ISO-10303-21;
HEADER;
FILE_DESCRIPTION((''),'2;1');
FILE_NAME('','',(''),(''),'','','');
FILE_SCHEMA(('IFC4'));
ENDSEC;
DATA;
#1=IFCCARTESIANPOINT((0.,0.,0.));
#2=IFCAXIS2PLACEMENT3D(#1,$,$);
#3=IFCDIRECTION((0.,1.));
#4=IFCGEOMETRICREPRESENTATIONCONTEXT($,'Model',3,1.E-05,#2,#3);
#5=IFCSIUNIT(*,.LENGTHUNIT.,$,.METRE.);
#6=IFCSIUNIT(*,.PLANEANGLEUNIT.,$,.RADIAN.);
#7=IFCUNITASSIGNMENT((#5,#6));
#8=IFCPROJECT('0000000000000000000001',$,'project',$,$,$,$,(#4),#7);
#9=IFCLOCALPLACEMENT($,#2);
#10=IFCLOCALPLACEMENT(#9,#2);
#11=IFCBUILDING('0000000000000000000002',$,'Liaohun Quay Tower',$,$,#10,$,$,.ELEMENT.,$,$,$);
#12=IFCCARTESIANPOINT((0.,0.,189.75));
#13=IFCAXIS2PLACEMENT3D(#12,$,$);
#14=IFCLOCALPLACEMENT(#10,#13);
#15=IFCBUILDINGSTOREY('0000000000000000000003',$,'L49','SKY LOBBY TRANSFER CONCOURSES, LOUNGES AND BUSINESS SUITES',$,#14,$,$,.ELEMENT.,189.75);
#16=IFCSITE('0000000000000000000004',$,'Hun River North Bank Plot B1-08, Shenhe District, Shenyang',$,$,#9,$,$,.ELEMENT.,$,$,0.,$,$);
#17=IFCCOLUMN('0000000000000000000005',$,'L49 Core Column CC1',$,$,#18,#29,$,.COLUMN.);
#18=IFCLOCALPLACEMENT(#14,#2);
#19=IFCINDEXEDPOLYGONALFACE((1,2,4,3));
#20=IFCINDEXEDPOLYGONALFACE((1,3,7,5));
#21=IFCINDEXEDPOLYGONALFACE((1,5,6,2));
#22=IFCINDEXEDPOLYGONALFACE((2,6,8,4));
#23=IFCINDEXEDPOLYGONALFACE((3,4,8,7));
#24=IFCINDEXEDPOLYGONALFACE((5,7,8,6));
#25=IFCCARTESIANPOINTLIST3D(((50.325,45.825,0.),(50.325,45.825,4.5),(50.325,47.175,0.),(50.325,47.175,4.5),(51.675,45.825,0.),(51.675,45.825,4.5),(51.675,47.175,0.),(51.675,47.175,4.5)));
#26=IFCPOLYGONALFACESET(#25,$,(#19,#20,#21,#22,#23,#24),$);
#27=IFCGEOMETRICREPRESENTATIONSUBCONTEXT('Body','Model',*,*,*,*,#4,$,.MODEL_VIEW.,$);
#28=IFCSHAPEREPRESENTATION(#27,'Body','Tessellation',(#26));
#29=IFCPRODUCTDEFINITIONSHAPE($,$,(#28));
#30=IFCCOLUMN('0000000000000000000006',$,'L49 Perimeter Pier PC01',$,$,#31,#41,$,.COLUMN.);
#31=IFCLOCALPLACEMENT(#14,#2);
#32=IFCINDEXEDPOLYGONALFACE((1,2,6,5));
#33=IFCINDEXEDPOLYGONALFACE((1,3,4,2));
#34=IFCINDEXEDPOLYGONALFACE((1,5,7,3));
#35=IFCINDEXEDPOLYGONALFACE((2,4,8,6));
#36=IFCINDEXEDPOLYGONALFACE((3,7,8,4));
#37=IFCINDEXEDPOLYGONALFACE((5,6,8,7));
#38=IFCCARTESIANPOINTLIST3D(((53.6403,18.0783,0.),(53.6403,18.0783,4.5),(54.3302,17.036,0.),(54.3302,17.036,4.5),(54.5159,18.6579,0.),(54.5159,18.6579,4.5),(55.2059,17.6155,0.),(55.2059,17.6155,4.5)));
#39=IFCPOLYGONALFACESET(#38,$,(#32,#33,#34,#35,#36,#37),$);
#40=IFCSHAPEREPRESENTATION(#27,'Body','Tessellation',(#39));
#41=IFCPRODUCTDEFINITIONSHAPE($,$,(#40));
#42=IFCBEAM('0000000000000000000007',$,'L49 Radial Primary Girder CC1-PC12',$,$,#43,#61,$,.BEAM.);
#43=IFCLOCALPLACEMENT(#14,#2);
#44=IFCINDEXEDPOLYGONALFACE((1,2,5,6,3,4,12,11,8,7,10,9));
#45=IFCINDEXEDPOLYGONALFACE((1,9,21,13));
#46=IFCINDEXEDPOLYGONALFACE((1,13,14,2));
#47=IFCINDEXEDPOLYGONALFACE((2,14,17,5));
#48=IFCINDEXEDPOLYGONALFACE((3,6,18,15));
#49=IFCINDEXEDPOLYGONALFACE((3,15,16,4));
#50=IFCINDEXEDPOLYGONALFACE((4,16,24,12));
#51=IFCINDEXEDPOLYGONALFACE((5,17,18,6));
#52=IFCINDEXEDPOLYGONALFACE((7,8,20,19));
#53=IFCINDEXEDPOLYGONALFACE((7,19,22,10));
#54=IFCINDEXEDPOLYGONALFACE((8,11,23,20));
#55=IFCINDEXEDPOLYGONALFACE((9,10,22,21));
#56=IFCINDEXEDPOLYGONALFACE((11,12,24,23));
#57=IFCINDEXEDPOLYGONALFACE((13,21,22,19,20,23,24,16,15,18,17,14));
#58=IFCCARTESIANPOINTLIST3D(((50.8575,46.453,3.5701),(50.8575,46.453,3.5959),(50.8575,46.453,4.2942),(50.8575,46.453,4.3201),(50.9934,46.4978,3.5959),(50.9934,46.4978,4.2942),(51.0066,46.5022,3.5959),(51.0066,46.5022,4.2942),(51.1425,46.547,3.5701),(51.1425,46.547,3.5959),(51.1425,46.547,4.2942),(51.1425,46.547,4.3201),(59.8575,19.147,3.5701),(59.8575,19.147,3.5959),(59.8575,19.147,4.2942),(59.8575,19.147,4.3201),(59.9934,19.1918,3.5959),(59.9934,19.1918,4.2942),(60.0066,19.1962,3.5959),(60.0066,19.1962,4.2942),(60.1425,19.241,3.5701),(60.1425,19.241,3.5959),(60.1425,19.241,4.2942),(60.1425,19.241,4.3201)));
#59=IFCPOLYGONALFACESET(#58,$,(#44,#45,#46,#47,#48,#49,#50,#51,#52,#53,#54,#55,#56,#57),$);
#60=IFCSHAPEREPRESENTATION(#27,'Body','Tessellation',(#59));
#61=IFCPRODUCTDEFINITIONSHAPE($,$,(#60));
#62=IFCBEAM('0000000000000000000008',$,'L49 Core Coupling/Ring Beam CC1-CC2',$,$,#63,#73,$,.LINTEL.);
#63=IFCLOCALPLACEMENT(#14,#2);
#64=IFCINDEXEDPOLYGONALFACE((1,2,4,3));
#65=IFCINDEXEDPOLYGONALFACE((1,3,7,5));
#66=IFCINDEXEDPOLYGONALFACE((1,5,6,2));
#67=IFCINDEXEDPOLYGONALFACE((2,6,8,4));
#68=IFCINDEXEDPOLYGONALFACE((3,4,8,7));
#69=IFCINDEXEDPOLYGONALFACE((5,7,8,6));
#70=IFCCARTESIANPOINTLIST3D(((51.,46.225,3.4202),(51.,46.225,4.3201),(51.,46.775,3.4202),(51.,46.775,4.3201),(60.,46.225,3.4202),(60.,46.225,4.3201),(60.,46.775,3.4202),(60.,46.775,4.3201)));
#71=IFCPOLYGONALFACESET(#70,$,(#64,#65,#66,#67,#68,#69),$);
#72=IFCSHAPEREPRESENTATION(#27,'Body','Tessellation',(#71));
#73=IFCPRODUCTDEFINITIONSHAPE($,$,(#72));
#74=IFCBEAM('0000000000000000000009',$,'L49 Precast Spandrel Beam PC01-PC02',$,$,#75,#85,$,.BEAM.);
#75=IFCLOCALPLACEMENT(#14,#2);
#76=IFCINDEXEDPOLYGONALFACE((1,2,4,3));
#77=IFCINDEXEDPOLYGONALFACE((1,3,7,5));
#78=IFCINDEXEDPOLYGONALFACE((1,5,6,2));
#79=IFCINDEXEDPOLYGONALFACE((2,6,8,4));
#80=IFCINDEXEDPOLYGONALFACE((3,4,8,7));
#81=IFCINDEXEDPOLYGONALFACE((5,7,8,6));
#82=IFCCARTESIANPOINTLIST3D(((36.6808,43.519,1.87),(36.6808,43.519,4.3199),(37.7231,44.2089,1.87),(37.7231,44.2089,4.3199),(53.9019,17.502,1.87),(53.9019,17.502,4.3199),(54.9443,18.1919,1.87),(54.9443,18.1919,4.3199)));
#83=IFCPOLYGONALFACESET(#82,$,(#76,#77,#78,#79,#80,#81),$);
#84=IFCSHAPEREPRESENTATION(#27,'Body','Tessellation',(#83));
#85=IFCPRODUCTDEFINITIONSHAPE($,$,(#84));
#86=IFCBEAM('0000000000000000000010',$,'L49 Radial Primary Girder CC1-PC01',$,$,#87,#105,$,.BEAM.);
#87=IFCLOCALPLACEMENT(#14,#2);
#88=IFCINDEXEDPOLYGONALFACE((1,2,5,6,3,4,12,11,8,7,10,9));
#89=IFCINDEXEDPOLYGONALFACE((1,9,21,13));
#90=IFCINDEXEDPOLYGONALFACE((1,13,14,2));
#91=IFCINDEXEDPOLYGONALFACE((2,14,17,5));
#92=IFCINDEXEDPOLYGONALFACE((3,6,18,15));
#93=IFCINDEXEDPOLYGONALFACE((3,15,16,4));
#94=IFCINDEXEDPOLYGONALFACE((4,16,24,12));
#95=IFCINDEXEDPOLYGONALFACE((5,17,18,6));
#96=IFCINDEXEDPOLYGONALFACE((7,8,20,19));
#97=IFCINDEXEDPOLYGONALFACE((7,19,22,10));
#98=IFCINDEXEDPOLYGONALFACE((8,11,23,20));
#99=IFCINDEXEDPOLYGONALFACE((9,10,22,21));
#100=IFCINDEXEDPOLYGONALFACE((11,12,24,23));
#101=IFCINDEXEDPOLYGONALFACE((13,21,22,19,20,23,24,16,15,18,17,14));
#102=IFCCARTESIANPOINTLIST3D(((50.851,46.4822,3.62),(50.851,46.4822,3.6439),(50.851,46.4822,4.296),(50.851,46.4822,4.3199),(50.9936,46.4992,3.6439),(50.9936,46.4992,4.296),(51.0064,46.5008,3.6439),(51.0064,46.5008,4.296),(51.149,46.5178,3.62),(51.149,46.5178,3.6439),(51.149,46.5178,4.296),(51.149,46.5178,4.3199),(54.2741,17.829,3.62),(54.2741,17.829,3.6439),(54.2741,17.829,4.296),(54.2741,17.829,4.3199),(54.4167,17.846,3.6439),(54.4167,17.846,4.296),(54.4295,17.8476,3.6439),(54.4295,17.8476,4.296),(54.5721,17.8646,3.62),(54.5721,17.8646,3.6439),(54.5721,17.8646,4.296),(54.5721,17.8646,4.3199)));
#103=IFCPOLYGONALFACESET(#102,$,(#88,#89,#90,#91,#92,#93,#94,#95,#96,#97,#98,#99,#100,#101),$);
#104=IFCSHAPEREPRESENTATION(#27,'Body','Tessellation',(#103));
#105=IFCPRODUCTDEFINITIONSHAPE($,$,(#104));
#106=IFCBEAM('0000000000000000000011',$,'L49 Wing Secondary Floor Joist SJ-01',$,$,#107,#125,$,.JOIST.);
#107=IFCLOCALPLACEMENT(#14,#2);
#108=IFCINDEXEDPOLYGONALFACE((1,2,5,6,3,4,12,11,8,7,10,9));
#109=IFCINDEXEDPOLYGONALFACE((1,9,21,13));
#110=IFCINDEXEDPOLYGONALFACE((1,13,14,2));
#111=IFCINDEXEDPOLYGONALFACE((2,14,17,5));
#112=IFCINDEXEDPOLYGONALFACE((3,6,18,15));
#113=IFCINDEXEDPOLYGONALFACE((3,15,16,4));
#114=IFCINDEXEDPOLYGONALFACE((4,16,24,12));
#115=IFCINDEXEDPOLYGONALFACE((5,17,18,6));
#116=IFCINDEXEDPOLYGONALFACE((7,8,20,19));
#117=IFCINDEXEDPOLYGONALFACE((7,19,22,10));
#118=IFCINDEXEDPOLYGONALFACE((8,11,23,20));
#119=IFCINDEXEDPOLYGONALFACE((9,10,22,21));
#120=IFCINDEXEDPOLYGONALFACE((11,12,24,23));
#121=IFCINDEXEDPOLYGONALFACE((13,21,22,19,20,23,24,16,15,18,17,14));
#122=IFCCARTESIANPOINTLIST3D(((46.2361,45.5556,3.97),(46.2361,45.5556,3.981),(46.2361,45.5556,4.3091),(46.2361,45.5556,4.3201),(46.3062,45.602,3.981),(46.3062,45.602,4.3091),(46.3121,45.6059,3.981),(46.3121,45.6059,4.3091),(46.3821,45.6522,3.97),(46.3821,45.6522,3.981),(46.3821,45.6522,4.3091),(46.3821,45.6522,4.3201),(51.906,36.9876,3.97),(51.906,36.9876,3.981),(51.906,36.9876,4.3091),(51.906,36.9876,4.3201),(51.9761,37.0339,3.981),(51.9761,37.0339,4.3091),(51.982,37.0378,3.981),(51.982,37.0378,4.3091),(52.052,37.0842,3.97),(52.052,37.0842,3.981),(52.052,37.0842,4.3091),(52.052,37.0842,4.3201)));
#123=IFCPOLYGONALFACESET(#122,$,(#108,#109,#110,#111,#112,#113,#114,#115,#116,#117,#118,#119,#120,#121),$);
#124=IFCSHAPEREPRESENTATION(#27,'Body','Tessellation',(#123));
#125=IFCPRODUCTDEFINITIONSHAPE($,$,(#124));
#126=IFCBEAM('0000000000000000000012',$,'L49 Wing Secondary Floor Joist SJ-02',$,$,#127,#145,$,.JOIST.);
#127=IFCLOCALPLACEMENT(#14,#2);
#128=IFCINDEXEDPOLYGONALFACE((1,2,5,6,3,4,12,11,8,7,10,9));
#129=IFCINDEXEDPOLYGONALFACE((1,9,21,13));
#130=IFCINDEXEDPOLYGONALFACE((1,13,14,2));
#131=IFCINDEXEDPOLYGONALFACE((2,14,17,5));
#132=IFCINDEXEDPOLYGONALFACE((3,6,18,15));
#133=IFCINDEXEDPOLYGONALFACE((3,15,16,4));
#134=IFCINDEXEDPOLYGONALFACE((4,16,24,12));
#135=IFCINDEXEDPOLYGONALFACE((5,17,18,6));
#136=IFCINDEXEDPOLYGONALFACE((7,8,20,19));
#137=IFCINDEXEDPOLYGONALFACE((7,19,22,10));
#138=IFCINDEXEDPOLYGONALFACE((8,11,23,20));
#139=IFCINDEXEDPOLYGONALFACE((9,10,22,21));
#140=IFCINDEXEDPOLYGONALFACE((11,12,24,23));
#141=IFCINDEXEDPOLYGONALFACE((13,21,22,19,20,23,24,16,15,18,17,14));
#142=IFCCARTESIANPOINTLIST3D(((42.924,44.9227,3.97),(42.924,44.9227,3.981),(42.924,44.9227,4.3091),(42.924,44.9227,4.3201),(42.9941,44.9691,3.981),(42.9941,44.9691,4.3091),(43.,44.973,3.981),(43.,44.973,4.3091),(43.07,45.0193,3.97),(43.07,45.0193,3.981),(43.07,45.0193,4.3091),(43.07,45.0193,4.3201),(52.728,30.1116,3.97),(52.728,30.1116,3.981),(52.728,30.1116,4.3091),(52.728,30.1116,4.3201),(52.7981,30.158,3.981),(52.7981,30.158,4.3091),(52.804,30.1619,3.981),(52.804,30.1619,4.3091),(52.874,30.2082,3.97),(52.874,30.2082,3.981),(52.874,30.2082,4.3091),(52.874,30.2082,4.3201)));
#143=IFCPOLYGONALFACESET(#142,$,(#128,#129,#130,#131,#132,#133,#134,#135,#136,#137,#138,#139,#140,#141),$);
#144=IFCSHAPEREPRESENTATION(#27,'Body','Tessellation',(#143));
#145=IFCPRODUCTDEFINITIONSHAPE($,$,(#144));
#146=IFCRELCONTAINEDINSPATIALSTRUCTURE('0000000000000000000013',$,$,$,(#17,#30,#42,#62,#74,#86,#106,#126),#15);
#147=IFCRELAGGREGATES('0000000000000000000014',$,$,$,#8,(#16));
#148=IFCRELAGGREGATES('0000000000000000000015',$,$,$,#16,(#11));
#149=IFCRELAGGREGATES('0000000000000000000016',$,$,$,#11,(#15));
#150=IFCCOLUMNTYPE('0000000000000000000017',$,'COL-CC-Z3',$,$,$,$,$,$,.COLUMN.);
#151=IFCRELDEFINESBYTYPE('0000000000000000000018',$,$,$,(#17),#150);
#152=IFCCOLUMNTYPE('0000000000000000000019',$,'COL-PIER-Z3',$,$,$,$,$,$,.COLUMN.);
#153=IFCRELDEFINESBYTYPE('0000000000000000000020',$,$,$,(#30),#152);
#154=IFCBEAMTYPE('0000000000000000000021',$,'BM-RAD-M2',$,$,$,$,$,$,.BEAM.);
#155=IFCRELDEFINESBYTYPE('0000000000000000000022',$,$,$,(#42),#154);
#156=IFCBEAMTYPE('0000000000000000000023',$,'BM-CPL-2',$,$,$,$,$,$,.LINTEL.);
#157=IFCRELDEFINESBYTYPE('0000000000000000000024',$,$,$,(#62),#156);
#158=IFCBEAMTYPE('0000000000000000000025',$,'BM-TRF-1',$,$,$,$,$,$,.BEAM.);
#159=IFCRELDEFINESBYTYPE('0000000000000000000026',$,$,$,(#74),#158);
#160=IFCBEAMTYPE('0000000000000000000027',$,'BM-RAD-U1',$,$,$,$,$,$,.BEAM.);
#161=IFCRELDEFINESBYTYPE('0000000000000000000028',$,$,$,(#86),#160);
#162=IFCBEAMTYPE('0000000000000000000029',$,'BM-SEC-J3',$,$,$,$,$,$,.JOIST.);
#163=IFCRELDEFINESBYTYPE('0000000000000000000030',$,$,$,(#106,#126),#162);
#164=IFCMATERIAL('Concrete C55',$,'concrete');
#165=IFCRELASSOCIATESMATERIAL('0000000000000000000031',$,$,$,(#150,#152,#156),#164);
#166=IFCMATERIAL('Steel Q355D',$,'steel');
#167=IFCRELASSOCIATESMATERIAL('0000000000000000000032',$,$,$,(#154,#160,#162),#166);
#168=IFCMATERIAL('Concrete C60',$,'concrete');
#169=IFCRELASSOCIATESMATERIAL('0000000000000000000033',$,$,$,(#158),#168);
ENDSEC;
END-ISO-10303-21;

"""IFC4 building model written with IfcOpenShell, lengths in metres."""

from ifc_helpers import new_model, si_unit, direction, frame, origin, origin_2d, place, context, subcontext, project, spatial, rectangle, i_section, extrude, source, transform, mapped, material, material_profile, profile_set, type_object, element, save


model = new_model("IFC4")

# Units and contexts
model_context = context("Model", 3, precision=1e-05, world=origin(), true_north=direction((0.0, 1.0)))
body_context = subcontext(model_context, "Body", "Model", "MODEL_VIEW")
ifc_project = project(units=[si_unit("LENGTHUNIT", "METRE"), si_unit("PLANEANGLEUNIT", "RADIAN")], contexts=[model_context])

# Site, building, storey
site_placement = place(None, origin())
site = spatial("IfcSite", under=ifc_project, at=site_placement, Name="Hun River North Bank Plot B1-08, Shenhe District, Shenyang", CompositionType="ELEMENT", RefElevation=0.0)
building_placement = place(site_placement, origin())
building = spatial("IfcBuilding", under=site, at=building_placement, Name="Liaohun Quay Tower", CompositionType="ELEMENT")
storey_placement = place(building_placement, frame((0.0, 0.0, 189.75)))
storey = spatial("IfcBuildingStorey", under=building, at=storey_placement, Name="L49", Description="SKY LOBBY TRANSFER CONCOURSES, LOUNGES AND BUSINESS SUITES", CompositionType="ELEMENT", Elevation=189.75)

# Columns
ifc_material_1 = material(Name="Concrete C55", Category="concrete")
ifc_material_profile_1 = material_profile(ifc_material_1, rectangle(XDim=1.3501, YDim=1.3501, at=origin_2d()), Name="RC1350x1350")
ifc_profile_set_1 = profile_set([ifc_material_profile_1], Name="Concrete C55")
column_type_1 = type_object("IfcColumnType", Name="COL-CC-Z3", PredefinedType="COLUMN", material=ifc_profile_set_1)
shared_shape_1 = source(origin(), body_context, "Body", "SweptSolid", [
    extrude(rectangle(XDim=1.3501, YDim=1.3501, at=origin_2d()), origin(), (0.0, 0.0, 1.0), 4.5),
])
column_1_placement = place(storey_placement, frame((51.0, 46.5, 0.0), z_axis=(0.0, 0.0, 1.0), x_axis=(1.0, 0.0, 0.0)))
element("IfcColumn", 1, at=column_1_placement, inside=storey, type_object=column_type_1, Name="L49 Core Column CC1", PredefinedType="COLUMN", context=body_context, shape_type="MappedRepresentation", body=[
    mapped(shared_shape_1, transform((0.0, 0.0, 0.0), x_axis=(1.0, 0.0, 0.0), y_axis=(0.0, 1.0, 0.0), z_axis=(0.0, 0.0, 1.0), scale=1.0)),
])
ifc_material_profile_2 = material_profile(ifc_material_1, rectangle(XDim=1.25, YDim=1.05, at=origin_2d()), Name="RC1250x1050")
ifc_profile_set_2 = profile_set([ifc_material_profile_2], Name="Concrete C55")
column_type_2 = type_object("IfcColumnType", Name="COL-PIER-Z3", PredefinedType="COLUMN", material=ifc_profile_set_2)
shared_shape_2 = source(origin(), body_context, "Body", "SweptSolid", [
    extrude(rectangle(XDim=1.25, YDim=1.05, at=origin_2d()), origin(), (0.0, 0.0, 1.0), 4.5),
])
column_2_placement = place(storey_placement, frame((54.4231, 17.8469, 0.0), z_axis=(0.0, 0.0, 1.0), x_axis=(-0.551937, 0.833886, 0.0)))
element("IfcColumn", 2, at=column_2_placement, inside=storey, type_object=column_type_2, Name="L49 Perimeter Pier PC01", PredefinedType="COLUMN", context=body_context, shape_type="MappedRepresentation", body=[
    mapped(shared_shape_2, transform((0.0, 0.0, 0.0), x_axis=(1.0, 0.0, 0.0), y_axis=(0.0, 1.0, 0.0), z_axis=(0.0, 0.0, 1.0), scale=1.0)),
])

# Beams
ifc_material_2 = material(Name="Steel Q355D", Category="steel")
ifc_material_profile_3 = material_profile(ifc_material_2, i_section(OverallWidth=0.3, OverallDepth=0.75, WebThickness=0.0139, FlangeThickness=0.0259, at=origin_2d()), Name="HN750x300x14x26")
ifc_profile_set_3 = profile_set([ifc_material_profile_3], Name="Steel Q355D")
beam_type_1 = type_object("IfcBeamType", Name="BM-RAD-M2", PredefinedType="BEAM", material=ifc_profile_set_3)
shared_shape_3 = source(origin(), body_context, "Body", "SweptSolid", [
    extrude(i_section(OverallWidth=0.3, OverallDepth=0.75, WebThickness=0.0139, FlangeThickness=0.0259, at=origin_2d()), origin(), (0.0, 0.0, 1.0), 28.751),
])
beam_1_placement = place(storey_placement, frame((51.0, 46.5, 3.9451), z_axis=(0.313034, -0.949742, 0.0), x_axis=(0.949742, 0.313034, 0.0)))
element("IfcBeam", 3, at=beam_1_placement, inside=storey, type_object=beam_type_1, Name="L49 Radial Primary Girder CC1-PC12", PredefinedType="BEAM", context=body_context, shape_type="MappedRepresentation", body=[
    mapped(shared_shape_3, transform((0.0, 0.0, 0.0), x_axis=(1.0, 0.0, 0.0), y_axis=(0.0, 1.0, 0.0), z_axis=(0.0, 0.0, 1.0), scale=1.0)),
])
ifc_material_profile_4 = material_profile(ifc_material_1, rectangle(XDim=0.55, YDim=0.8999, at=origin_2d()), Name="RC550x900")
ifc_profile_set_4 = profile_set([ifc_material_profile_4], Name="Concrete C55")
beam_type_2 = type_object("IfcBeamType", Name="BM-CPL-2", PredefinedType="LINTEL", material=ifc_profile_set_4)
shared_shape_4 = source(origin(), body_context, "Body", "SweptSolid", [
    extrude(rectangle(XDim=0.55, YDim=0.8999, at=origin_2d()), origin(), (0.0, 0.0, 1.0), 9.0),
])
beam_2_placement = place(storey_placement, frame((51.0, 46.5, 3.8701), z_axis=(1.0, 0.0, 0.0), x_axis=(0.0, 1.0, 0.0)))
element("IfcBeam", 4, at=beam_2_placement, inside=storey, type_object=beam_type_2, Name="L49 Core Coupling/Ring Beam CC1-CC2", PredefinedType="LINTEL", context=body_context, shape_type="MappedRepresentation", body=[
    mapped(shared_shape_4, transform((0.0, 0.0, 0.0), x_axis=(1.0, 0.0, 0.0), y_axis=(0.0, 1.0, 0.0), z_axis=(0.0, 0.0, 1.0), scale=1.0)),
])
ifc_material_3 = material(Name="Concrete C60", Category="concrete")
ifc_material_profile_5 = material_profile(ifc_material_3, rectangle(XDim=1.25, YDim=2.45, at=origin_2d()), Name="RC1250x2450")
ifc_profile_set_5 = profile_set([ifc_material_profile_5], Name="Concrete C60")
beam_type_3 = type_object("IfcBeamType", Name="BM-TRF-1", PredefinedType="BEAM", material=ifc_profile_set_5)
shared_shape_5 = source(origin(), body_context, "Body", "SweptSolid", [
    extrude(rectangle(XDim=1.25, YDim=2.45, at=origin_2d()), origin(), (0.0, 0.0, 1.0), 31.2002),
])
beam_3_placement = place(storey_placement, frame((54.4231, 17.8469, 3.095), z_axis=(-0.551956, 0.833873, 0.0), x_axis=(-0.833873, -0.551956, 0.0)))
element("IfcBeam", 5, at=beam_3_placement, inside=storey, type_object=beam_type_3, Name="L49 Precast Spandrel Beam PC01-PC02", PredefinedType="BEAM", context=body_context, shape_type="MappedRepresentation", body=[
    mapped(shared_shape_5, transform((0.0, 0.0, 0.0), x_axis=(1.0, 0.0, 0.0), y_axis=(0.0, 1.0, 0.0), z_axis=(0.0, 0.0, 1.0), scale=1.0)),
])
ifc_material_profile_6 = material_profile(ifc_material_2, i_section(OverallWidth=0.3, OverallDepth=0.7, WebThickness=0.0129, FlangeThickness=0.0239, at=origin_2d()), Name="HN700x300x13x24")
ifc_profile_set_6 = profile_set([ifc_material_profile_6], Name="Steel Q355D")
beam_type_4 = type_object("IfcBeamType", Name="BM-RAD-U1", PredefinedType="BEAM", material=ifc_profile_set_6)
shared_shape_6 = source(origin(), body_context, "Body", "SweptSolid", [
    extrude(i_section(OverallWidth=0.3, OverallDepth=0.7, WebThickness=0.0129, FlangeThickness=0.0239, at=origin_2d()), origin(), (0.0, 0.0, 1.0), 28.8569),
])
beam_4_placement = place(storey_placement, frame((51.0, 46.5, 3.97), z_axis=(0.118623, -0.992939, 0.0), x_axis=(0.992939, 0.118623, 0.0)))
element("IfcBeam", 6, at=beam_4_placement, inside=storey, type_object=beam_type_4, Name="L49 Radial Primary Girder CC1-PC01", PredefinedType="BEAM", context=body_context, shape_type="MappedRepresentation", body=[
    mapped(shared_shape_6, transform((0.0, 0.0, 0.0), x_axis=(1.0, 0.0, 0.0), y_axis=(0.0, 1.0, 0.0), z_axis=(0.0, 0.0, 1.0), scale=1.0)),
])
ifc_material_profile_7 = material_profile(ifc_material_2, i_section(OverallWidth=0.175, OverallDepth=0.3501, WebThickness=0.0071, FlangeThickness=0.011, at=origin_2d()), Name="HN350x175x7x11")
ifc_profile_set_7 = profile_set([ifc_material_profile_7], Name="Steel Q355D")
beam_type_5 = type_object("IfcBeamType", Name="BM-SEC-J3", PredefinedType="JOIST", material=ifc_profile_set_7)
shared_shape_7 = source(origin(), body_context, "Body", "SweptSolid", [
    extrude(i_section(OverallWidth=0.175, OverallDepth=0.3501, WebThickness=0.0071, FlangeThickness=0.011, at=origin_2d()), origin(), (0.0, 0.0, 1.0), 10.2742),
])
beam_5_placement = place(storey_placement, frame((51.979, 37.0359, 4.145), z_axis=(-0.551856, 0.833939, 0.0), x_axis=(-0.833939, -0.551856, 0.0)))
element("IfcBeam", 7, at=beam_5_placement, inside=storey, type_object=beam_type_5, Name="L49 Wing Secondary Floor Joist SJ-01", PredefinedType="JOIST", context=body_context, shape_type="MappedRepresentation", body=[
    mapped(shared_shape_7, transform((0.0, 0.0, 0.0), x_axis=(1.0, 0.0, 0.0), y_axis=(0.0, 1.0, 0.0), z_axis=(0.0, 0.0, 1.0), scale=1.0)),
])
shared_shape_8 = source(origin(), body_context, "Body", "SweptSolid", [
    extrude(i_section(OverallWidth=0.175, OverallDepth=0.3501, WebThickness=0.0071, FlangeThickness=0.011, at=origin_2d()), origin(), (0.0, 0.0, 1.0), 17.762),
])
beam_6_placement = place(storey_placement, frame((52.801, 30.1599, 4.145), z_axis=(-0.551966, 0.833867, 0.0), x_axis=(-0.833867, -0.551966, 0.0)))
element("IfcBeam", 8, at=beam_6_placement, inside=storey, type_object=beam_type_5, Name="L49 Wing Secondary Floor Joist SJ-02", PredefinedType="JOIST", context=body_context, shape_type="MappedRepresentation", body=[
    mapped(shared_shape_8, transform((0.0, 0.0, 0.0), x_axis=(1.0, 0.0, 0.0), y_axis=(0.0, 1.0, 0.0), z_axis=(0.0, 0.0, 1.0), scale=1.0)),
])

save(model, "model.ifc")
